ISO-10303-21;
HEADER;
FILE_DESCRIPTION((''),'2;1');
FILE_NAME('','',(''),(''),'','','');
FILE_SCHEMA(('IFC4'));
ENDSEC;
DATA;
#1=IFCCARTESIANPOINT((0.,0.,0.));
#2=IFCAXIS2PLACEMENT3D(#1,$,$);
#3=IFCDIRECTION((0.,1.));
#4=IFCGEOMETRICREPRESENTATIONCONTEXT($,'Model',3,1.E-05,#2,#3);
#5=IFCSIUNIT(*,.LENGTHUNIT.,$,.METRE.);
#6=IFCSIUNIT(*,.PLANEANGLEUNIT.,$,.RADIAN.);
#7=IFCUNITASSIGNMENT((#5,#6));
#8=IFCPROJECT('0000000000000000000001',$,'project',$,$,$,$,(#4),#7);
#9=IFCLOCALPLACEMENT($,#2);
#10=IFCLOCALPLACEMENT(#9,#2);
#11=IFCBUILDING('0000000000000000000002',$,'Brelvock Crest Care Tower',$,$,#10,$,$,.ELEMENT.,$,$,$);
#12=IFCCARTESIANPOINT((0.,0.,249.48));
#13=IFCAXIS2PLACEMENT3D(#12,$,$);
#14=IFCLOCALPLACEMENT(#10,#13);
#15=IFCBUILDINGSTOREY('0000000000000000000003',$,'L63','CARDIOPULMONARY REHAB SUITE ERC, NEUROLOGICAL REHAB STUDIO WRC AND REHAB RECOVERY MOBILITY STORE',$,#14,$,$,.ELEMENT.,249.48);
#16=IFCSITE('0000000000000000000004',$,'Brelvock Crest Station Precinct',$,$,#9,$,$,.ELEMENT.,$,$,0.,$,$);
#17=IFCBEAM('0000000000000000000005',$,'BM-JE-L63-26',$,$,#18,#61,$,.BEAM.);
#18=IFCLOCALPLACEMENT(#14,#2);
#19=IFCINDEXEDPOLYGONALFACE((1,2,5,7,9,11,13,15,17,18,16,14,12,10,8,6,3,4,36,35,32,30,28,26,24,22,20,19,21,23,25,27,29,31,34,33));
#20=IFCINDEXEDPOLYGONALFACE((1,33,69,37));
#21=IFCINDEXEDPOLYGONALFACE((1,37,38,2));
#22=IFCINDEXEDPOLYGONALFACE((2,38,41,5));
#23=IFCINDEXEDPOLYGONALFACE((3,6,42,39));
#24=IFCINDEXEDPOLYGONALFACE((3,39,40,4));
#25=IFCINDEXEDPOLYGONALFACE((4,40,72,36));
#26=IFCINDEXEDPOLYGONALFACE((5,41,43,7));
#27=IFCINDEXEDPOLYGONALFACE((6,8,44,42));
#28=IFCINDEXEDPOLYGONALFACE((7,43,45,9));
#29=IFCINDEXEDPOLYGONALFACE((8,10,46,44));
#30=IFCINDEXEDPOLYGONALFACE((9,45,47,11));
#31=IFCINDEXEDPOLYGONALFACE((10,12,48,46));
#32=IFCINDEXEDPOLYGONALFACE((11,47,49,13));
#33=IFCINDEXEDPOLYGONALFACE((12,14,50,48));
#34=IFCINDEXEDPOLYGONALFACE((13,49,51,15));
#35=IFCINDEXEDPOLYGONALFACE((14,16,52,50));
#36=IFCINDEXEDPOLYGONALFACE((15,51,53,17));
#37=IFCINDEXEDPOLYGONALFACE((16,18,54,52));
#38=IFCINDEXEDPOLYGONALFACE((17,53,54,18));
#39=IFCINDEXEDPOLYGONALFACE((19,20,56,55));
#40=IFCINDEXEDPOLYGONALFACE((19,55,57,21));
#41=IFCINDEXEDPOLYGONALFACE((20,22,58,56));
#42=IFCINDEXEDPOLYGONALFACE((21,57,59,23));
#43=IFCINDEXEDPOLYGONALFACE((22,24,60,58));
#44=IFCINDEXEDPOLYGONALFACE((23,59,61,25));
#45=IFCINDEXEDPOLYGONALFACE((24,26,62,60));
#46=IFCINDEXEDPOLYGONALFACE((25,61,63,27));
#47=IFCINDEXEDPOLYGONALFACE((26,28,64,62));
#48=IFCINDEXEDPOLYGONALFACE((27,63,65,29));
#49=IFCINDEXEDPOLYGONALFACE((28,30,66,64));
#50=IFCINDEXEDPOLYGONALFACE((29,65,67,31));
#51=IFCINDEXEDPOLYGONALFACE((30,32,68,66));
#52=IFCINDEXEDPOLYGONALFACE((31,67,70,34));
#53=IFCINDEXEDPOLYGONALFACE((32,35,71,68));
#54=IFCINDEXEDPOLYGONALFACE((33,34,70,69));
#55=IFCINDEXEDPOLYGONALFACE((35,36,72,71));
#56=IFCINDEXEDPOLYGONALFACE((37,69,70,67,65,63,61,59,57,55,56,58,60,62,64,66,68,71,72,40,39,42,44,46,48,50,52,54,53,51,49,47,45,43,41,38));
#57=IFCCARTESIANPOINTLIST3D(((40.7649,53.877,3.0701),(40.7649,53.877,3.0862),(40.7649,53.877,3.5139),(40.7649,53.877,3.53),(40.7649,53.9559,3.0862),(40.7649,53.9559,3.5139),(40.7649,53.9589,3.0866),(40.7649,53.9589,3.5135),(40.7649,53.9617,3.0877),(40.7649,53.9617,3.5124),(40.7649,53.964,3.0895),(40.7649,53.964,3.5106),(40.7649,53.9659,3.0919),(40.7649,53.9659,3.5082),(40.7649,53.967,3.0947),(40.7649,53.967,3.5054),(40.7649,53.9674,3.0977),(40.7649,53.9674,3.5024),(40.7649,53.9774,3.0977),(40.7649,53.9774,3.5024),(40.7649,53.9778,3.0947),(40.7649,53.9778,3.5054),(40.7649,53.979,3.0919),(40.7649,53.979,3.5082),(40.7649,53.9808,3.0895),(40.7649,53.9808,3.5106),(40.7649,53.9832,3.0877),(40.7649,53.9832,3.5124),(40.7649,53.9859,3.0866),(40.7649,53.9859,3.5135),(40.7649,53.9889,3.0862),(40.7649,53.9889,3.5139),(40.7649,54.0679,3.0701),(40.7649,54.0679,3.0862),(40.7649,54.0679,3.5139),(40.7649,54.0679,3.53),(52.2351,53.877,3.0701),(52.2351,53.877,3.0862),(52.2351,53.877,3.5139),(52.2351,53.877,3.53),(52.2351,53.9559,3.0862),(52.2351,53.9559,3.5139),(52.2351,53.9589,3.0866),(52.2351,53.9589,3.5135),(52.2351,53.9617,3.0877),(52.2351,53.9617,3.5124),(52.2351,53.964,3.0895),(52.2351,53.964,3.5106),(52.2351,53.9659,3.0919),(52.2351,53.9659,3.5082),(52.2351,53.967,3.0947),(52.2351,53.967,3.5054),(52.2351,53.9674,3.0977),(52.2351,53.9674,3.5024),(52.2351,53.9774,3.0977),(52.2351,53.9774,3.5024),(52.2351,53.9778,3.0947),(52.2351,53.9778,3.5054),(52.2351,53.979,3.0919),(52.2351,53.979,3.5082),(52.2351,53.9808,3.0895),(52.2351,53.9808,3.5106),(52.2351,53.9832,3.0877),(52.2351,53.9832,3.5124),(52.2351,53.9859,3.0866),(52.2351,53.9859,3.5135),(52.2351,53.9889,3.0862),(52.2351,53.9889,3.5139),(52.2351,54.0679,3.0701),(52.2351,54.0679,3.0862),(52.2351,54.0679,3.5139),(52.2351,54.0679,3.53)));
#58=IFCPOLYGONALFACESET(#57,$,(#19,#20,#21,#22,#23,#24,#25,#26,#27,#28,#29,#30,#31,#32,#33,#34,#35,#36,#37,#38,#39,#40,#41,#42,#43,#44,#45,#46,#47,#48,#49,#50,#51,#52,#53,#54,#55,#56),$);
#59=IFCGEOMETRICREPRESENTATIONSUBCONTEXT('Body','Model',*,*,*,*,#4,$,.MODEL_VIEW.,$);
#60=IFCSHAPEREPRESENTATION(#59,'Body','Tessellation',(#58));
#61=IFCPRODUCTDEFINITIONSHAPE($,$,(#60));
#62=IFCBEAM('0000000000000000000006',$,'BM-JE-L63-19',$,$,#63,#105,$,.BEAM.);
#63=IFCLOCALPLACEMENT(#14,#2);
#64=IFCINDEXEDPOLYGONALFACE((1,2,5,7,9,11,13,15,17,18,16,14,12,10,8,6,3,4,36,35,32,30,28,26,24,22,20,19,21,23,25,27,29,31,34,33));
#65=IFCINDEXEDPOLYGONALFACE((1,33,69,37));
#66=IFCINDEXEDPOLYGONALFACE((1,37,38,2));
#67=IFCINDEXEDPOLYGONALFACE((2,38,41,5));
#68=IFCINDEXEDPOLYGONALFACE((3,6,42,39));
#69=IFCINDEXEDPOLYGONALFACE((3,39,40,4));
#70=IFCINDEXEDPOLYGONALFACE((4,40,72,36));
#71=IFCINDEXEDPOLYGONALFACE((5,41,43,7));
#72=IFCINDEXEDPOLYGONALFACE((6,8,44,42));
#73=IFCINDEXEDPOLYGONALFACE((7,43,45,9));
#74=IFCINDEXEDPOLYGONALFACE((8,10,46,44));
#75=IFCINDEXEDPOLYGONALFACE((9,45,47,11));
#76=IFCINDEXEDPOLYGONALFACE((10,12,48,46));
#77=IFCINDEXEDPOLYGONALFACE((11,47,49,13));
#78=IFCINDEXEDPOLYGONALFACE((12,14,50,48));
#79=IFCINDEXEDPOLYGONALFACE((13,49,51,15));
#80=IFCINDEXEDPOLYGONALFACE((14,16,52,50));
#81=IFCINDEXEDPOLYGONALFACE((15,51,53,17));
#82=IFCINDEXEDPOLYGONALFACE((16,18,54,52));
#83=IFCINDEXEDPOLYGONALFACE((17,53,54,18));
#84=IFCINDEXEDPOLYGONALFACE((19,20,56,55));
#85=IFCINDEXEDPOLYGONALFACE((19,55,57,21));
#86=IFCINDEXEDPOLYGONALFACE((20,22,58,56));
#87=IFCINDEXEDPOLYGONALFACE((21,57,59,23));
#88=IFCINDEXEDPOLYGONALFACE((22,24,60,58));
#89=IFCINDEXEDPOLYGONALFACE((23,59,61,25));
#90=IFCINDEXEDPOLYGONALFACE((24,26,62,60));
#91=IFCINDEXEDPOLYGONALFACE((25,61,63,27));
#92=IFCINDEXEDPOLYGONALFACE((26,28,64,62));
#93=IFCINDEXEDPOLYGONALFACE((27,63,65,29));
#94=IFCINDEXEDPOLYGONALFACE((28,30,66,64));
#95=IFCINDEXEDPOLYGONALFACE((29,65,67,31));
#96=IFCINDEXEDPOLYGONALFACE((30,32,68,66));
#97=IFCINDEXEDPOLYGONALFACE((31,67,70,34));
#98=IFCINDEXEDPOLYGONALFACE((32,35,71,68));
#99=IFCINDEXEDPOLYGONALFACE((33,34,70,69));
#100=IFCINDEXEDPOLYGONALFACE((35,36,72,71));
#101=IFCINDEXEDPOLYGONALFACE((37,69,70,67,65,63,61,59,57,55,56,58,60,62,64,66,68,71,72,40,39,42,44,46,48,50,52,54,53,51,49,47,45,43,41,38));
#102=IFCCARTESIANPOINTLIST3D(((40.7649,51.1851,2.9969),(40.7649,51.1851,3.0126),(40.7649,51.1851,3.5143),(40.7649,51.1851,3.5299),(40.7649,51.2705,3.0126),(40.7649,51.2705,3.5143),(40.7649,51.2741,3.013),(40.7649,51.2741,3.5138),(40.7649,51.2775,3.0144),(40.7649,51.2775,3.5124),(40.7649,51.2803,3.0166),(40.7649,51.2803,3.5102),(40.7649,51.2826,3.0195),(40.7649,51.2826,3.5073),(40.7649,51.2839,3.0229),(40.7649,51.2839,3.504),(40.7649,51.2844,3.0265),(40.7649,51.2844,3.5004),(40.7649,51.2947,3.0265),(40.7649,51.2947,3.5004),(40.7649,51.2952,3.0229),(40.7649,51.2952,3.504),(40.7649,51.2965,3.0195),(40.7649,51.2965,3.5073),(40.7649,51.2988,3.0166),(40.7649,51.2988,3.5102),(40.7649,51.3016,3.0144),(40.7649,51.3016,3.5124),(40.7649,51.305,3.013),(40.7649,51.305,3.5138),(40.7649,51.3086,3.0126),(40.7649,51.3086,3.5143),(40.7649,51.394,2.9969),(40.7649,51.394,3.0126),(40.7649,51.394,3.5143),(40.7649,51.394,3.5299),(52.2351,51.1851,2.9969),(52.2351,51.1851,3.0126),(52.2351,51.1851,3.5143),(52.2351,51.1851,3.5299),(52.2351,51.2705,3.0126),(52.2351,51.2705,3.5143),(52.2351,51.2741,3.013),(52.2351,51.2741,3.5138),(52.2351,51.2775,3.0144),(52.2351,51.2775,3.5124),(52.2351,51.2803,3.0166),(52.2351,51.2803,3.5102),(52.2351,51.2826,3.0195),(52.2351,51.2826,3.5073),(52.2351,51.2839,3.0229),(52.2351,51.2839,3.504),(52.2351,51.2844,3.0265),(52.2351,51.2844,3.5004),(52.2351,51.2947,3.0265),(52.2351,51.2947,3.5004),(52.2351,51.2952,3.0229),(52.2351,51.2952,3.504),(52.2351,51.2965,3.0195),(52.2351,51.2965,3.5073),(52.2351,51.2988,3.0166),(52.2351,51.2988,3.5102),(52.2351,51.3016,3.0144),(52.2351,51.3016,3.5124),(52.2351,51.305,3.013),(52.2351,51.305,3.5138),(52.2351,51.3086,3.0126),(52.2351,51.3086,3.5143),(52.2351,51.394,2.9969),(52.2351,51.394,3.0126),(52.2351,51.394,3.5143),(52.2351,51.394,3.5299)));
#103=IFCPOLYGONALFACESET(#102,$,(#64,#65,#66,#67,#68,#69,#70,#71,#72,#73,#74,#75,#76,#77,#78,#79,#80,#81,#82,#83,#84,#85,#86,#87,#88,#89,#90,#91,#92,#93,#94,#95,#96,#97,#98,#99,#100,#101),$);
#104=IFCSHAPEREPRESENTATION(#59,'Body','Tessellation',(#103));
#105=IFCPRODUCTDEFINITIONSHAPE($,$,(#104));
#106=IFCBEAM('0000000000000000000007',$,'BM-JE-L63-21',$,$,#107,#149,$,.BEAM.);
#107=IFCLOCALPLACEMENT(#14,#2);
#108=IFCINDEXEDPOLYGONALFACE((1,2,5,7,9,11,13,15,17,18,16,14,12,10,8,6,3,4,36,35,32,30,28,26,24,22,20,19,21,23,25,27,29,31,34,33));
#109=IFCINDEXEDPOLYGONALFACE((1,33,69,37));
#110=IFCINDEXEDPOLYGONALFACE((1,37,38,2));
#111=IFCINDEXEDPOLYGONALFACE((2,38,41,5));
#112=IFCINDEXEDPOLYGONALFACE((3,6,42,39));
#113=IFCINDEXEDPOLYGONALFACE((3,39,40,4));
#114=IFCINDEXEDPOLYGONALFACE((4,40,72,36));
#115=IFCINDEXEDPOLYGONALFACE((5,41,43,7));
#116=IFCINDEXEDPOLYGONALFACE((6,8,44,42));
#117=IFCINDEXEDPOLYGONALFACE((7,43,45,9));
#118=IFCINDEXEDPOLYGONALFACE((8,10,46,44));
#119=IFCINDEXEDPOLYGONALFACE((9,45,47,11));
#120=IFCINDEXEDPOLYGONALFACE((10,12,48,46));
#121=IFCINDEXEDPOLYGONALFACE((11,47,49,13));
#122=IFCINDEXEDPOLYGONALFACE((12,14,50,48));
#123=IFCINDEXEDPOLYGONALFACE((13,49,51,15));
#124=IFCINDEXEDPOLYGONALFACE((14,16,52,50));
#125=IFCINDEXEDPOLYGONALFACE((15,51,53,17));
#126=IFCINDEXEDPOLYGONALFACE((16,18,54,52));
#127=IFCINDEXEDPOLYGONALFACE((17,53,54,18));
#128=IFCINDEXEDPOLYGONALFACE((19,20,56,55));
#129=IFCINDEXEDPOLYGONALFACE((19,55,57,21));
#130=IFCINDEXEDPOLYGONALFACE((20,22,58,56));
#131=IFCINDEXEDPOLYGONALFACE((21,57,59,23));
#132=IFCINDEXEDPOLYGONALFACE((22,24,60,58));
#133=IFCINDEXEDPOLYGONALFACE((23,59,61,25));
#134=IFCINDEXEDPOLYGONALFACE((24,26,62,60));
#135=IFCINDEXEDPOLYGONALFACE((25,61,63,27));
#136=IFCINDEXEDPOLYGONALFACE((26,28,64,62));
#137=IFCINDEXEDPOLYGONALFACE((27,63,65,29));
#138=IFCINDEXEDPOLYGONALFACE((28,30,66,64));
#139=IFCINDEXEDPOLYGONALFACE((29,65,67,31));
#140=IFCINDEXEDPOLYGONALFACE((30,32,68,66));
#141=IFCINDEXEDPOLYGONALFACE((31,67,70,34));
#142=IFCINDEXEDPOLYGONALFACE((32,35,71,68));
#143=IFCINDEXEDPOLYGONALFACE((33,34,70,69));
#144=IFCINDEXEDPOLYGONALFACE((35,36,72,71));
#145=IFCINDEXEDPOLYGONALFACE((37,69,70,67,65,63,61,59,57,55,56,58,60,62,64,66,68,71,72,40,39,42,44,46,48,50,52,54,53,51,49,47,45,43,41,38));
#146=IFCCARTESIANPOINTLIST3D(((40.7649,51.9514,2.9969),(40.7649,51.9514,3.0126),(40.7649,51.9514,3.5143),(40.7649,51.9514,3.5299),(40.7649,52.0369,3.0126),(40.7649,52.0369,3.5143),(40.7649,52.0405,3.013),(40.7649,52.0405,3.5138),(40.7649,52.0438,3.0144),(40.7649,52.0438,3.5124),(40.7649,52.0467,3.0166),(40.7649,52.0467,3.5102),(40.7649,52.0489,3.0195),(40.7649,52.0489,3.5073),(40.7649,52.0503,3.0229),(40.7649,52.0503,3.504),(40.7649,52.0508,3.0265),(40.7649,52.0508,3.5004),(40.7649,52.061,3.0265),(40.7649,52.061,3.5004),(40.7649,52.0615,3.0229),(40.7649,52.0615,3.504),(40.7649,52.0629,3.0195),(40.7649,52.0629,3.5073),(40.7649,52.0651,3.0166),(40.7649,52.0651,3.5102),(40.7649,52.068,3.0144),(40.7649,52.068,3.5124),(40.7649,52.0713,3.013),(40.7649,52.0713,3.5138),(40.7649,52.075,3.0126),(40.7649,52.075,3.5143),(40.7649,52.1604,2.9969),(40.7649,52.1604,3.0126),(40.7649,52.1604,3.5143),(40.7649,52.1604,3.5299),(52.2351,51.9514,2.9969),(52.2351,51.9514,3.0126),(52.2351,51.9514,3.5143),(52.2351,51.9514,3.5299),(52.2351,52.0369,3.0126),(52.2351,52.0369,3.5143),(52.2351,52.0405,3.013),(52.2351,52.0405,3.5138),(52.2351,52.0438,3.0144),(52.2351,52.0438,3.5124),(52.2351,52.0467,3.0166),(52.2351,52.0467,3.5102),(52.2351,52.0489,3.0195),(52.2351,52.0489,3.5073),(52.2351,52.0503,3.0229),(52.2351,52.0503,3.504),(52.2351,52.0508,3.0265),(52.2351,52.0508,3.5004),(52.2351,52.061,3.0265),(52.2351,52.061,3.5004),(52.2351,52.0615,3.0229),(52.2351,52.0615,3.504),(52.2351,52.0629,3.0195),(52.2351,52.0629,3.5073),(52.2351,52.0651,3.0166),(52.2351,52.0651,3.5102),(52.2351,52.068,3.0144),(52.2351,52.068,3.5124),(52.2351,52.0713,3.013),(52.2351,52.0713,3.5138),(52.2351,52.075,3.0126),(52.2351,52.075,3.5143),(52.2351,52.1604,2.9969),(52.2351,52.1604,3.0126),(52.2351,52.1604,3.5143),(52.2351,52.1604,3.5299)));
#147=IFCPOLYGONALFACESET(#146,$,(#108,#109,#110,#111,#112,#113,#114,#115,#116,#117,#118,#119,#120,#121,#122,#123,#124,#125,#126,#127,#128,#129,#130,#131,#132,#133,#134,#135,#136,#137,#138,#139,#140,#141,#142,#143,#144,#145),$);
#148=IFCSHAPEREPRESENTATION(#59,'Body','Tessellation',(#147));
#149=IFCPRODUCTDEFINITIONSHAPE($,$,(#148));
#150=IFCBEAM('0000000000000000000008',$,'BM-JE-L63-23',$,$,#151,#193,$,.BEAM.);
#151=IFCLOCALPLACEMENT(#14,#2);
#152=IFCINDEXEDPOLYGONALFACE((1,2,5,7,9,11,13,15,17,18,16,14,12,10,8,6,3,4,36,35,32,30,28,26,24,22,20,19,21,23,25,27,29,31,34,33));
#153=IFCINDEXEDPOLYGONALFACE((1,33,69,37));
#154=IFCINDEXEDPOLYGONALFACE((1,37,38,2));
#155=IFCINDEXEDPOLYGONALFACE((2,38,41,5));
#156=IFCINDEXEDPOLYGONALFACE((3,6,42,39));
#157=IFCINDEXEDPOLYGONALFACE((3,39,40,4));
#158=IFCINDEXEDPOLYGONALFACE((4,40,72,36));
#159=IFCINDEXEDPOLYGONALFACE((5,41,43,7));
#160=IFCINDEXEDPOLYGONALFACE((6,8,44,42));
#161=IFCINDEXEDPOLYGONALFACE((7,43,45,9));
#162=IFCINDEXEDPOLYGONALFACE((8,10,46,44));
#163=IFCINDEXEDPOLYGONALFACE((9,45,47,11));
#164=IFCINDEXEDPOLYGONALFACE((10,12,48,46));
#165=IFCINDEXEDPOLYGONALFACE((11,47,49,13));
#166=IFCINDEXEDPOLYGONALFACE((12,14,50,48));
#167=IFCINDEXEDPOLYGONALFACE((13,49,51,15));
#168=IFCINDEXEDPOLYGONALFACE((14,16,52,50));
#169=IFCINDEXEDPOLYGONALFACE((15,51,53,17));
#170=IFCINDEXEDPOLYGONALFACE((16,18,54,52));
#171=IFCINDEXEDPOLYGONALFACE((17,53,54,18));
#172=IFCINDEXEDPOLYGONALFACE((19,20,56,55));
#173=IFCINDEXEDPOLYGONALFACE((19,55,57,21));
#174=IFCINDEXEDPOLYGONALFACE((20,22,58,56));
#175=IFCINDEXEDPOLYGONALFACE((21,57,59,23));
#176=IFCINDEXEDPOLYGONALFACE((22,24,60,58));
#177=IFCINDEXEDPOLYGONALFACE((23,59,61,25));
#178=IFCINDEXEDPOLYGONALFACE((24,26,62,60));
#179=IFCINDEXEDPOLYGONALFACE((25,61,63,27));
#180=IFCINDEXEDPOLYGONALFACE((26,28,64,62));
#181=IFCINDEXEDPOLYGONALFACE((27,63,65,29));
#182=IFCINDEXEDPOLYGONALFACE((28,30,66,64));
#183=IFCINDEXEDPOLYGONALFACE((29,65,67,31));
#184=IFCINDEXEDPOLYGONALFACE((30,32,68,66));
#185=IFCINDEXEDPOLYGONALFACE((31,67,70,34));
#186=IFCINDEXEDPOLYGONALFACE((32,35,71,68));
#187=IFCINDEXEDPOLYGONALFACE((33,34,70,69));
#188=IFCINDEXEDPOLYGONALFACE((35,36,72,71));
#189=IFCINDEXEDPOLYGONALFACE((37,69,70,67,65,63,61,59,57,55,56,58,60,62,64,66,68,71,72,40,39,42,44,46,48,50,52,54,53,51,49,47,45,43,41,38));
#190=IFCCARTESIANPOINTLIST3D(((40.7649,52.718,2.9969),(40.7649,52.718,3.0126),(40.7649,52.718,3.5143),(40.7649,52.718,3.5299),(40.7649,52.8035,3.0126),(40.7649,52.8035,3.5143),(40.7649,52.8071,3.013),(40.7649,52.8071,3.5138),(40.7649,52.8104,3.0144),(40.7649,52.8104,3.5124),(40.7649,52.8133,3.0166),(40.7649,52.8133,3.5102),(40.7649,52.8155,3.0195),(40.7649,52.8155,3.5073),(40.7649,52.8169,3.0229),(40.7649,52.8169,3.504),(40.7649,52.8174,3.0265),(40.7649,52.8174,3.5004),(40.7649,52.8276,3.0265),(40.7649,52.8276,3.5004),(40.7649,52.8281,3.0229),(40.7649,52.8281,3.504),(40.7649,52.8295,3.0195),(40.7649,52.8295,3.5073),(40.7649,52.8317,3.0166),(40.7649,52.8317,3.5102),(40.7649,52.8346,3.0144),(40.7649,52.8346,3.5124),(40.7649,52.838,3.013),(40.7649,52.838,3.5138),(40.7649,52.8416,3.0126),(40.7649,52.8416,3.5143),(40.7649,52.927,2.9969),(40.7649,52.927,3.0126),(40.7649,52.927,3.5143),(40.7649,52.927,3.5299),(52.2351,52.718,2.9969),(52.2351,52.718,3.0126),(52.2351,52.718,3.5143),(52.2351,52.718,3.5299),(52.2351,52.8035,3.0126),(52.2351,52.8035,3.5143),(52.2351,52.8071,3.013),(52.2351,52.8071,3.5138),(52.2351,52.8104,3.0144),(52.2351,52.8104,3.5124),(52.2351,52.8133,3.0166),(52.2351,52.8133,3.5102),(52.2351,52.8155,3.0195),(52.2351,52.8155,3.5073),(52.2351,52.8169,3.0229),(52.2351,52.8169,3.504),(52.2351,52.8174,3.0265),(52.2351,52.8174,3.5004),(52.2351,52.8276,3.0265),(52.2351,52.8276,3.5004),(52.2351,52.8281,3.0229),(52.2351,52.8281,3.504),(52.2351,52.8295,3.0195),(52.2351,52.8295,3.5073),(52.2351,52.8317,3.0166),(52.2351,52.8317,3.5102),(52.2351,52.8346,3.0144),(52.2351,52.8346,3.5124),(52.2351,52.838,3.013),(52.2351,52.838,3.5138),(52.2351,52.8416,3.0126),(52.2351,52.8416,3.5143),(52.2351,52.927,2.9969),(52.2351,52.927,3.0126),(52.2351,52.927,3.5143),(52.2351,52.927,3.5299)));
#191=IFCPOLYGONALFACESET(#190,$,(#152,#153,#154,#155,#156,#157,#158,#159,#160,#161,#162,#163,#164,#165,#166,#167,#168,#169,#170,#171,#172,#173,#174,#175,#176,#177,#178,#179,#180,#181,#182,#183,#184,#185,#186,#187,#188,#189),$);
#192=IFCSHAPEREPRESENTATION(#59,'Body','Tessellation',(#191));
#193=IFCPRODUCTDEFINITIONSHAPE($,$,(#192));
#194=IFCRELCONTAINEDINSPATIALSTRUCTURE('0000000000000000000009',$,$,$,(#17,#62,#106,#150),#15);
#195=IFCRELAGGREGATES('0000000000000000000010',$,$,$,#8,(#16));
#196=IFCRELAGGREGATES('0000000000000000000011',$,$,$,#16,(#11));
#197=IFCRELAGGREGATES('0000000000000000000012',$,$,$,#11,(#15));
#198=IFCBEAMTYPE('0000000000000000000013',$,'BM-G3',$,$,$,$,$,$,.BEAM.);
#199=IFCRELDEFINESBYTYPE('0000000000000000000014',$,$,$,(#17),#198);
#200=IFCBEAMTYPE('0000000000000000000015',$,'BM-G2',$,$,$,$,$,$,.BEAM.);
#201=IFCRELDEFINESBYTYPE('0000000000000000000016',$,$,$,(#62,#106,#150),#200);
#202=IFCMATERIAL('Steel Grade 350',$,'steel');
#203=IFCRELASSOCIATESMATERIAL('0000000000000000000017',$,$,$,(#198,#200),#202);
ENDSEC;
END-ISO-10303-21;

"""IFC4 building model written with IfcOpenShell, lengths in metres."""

from ifc_helpers import new_model, si_unit, direction, frame, origin, origin_2d, place, context, subcontext, project, spatial, i_section, extrude, source, transform, mapped, material, material_profile, profile_set, type_object, element, save


model = new_model("IFC4")

# Units and contexts
model_context = context("Model", 3, precision=1e-05, world=origin(), true_north=direction((0.0, 1.0)))
body_context = subcontext(model_context, "Body", "Model", "MODEL_VIEW")
ifc_project = project(units=[si_unit("LENGTHUNIT", "METRE"), si_unit("PLANEANGLEUNIT", "RADIAN")], contexts=[model_context])

# Site, building, storey
site_placement = place(None, origin())
site = spatial("IfcSite", under=ifc_project, at=site_placement, Name="Brelvock Crest Station Precinct", CompositionType="ELEMENT", RefElevation=0.0)
building_placement = place(site_placement, origin())
building = spatial("IfcBuilding", under=site, at=building_placement, Name="Brelvock Crest Care Tower", CompositionType="ELEMENT")
storey_placement = place(building_placement, frame((0.0, 0.0, 249.48)))
storey = spatial("IfcBuildingStorey", under=building, at=storey_placement, Name="L63", Description="CARDIOPULMONARY REHAB SUITE ERC, NEUROLOGICAL REHAB STUDIO WRC AND REHAB RECOVERY MOBILITY STORE", CompositionType="ELEMENT", Elevation=249.48)

# Beams
ifc_material_1 = material(Name="Steel Grade 350", Category="steel")
ifc_material_profile_1 = material_profile(ifc_material_1, i_section(OverallWidth=0.1909, OverallDepth=0.46, WebThickness=0.01, FlangeThickness=0.0161, FilletRadius=0.0115, at=origin_2d()), Name="460UB82.1")
ifc_profile_set_1 = profile_set([ifc_material_profile_1], Name="Steel Grade 350")
beam_type_1 = type_object("IfcBeamType", Name="BM-G3", PredefinedType="BEAM", material=ifc_profile_set_1)
shared_shape_1 = source(origin(), body_context, "Body", "SweptSolid", [
    extrude(i_section(OverallWidth=0.1909, OverallDepth=0.46, WebThickness=0.01, FlangeThickness=0.0161, FilletRadius=0.0115, at=origin_2d()), origin(), (0.0, 0.0, 1.0), 11.4702),
])
for number, where, z_axis, x_axis, name in (
    (1, (40.7649, 53.9724, 3.3), (1.0, 0.0, 0.0), (0.0, 1.0, 0.0), "BM-JE-L63-26"),
):
    element("IfcBeam", number, at=place(storey_placement, frame(where, z_axis=z_axis, x_axis=x_axis)), inside=storey, type_object=beam_type_1, Name=name, PredefinedType="BEAM", context=body_context, shape_type="MappedRepresentation", body=[
        mapped(shared_shape_1, transform((0.0, 0.0, 0.0), x_axis=(1.0, 0.0, 0.0), y_axis=(0.0, 1.0, 0.0), z_axis=(0.0, 0.0, 1.0), scale=1.0)),
    ])
ifc_material_profile_2 = material_profile(ifc_material_1, i_section(OverallWidth=0.209, OverallDepth=0.533, WebThickness=0.0103, FlangeThickness=0.0156, FilletRadius=0.0139, at=origin_2d()), Name="530UB92.4")
ifc_profile_set_2 = profile_set([ifc_material_profile_2], Name="Steel Grade 350")
beam_type_2 = type_object("IfcBeamType", Name="BM-G2", PredefinedType="BEAM", material=ifc_profile_set_2)
shared_shape_2 = source(origin(), body_context, "Body", "SweptSolid", [
    extrude(i_section(OverallWidth=0.209, OverallDepth=0.533, WebThickness=0.0103, FlangeThickness=0.0156, FilletRadius=0.0139, at=origin_2d()), origin(), (0.0, 0.0, 1.0), 11.4702),
])
for number, where, z_axis, x_axis, name in (
    (2, (40.7649, 51.2896, 3.2634), (1.0, 0.0, 0.0), (0.0, 1.0, 0.0), "BM-JE-L63-19"),
    (3, (40.7649, 52.0559, 3.2634), (1.0, 0.0, 0.0), (0.0, 1.0, 0.0), "BM-JE-L63-21"),
    (4, (40.7649, 52.8225, 3.2634), (1.0, 0.0, 0.0), (0.0, 1.0, 0.0), "BM-JE-L63-23"),
):
    element("IfcBeam", number, at=place(storey_placement, frame(where, z_axis=z_axis, x_axis=x_axis)), inside=storey, type_object=beam_type_2, Name=name, PredefinedType="BEAM", context=body_context, shape_type="MappedRepresentation", body=[
        mapped(shared_shape_2, transform((0.0, 0.0, 0.0), x_axis=(1.0, 0.0, 0.0), y_axis=(0.0, 1.0, 0.0), z_axis=(0.0, 0.0, 1.0), scale=1.0)),
    ])

save(model, "model.ifc")
